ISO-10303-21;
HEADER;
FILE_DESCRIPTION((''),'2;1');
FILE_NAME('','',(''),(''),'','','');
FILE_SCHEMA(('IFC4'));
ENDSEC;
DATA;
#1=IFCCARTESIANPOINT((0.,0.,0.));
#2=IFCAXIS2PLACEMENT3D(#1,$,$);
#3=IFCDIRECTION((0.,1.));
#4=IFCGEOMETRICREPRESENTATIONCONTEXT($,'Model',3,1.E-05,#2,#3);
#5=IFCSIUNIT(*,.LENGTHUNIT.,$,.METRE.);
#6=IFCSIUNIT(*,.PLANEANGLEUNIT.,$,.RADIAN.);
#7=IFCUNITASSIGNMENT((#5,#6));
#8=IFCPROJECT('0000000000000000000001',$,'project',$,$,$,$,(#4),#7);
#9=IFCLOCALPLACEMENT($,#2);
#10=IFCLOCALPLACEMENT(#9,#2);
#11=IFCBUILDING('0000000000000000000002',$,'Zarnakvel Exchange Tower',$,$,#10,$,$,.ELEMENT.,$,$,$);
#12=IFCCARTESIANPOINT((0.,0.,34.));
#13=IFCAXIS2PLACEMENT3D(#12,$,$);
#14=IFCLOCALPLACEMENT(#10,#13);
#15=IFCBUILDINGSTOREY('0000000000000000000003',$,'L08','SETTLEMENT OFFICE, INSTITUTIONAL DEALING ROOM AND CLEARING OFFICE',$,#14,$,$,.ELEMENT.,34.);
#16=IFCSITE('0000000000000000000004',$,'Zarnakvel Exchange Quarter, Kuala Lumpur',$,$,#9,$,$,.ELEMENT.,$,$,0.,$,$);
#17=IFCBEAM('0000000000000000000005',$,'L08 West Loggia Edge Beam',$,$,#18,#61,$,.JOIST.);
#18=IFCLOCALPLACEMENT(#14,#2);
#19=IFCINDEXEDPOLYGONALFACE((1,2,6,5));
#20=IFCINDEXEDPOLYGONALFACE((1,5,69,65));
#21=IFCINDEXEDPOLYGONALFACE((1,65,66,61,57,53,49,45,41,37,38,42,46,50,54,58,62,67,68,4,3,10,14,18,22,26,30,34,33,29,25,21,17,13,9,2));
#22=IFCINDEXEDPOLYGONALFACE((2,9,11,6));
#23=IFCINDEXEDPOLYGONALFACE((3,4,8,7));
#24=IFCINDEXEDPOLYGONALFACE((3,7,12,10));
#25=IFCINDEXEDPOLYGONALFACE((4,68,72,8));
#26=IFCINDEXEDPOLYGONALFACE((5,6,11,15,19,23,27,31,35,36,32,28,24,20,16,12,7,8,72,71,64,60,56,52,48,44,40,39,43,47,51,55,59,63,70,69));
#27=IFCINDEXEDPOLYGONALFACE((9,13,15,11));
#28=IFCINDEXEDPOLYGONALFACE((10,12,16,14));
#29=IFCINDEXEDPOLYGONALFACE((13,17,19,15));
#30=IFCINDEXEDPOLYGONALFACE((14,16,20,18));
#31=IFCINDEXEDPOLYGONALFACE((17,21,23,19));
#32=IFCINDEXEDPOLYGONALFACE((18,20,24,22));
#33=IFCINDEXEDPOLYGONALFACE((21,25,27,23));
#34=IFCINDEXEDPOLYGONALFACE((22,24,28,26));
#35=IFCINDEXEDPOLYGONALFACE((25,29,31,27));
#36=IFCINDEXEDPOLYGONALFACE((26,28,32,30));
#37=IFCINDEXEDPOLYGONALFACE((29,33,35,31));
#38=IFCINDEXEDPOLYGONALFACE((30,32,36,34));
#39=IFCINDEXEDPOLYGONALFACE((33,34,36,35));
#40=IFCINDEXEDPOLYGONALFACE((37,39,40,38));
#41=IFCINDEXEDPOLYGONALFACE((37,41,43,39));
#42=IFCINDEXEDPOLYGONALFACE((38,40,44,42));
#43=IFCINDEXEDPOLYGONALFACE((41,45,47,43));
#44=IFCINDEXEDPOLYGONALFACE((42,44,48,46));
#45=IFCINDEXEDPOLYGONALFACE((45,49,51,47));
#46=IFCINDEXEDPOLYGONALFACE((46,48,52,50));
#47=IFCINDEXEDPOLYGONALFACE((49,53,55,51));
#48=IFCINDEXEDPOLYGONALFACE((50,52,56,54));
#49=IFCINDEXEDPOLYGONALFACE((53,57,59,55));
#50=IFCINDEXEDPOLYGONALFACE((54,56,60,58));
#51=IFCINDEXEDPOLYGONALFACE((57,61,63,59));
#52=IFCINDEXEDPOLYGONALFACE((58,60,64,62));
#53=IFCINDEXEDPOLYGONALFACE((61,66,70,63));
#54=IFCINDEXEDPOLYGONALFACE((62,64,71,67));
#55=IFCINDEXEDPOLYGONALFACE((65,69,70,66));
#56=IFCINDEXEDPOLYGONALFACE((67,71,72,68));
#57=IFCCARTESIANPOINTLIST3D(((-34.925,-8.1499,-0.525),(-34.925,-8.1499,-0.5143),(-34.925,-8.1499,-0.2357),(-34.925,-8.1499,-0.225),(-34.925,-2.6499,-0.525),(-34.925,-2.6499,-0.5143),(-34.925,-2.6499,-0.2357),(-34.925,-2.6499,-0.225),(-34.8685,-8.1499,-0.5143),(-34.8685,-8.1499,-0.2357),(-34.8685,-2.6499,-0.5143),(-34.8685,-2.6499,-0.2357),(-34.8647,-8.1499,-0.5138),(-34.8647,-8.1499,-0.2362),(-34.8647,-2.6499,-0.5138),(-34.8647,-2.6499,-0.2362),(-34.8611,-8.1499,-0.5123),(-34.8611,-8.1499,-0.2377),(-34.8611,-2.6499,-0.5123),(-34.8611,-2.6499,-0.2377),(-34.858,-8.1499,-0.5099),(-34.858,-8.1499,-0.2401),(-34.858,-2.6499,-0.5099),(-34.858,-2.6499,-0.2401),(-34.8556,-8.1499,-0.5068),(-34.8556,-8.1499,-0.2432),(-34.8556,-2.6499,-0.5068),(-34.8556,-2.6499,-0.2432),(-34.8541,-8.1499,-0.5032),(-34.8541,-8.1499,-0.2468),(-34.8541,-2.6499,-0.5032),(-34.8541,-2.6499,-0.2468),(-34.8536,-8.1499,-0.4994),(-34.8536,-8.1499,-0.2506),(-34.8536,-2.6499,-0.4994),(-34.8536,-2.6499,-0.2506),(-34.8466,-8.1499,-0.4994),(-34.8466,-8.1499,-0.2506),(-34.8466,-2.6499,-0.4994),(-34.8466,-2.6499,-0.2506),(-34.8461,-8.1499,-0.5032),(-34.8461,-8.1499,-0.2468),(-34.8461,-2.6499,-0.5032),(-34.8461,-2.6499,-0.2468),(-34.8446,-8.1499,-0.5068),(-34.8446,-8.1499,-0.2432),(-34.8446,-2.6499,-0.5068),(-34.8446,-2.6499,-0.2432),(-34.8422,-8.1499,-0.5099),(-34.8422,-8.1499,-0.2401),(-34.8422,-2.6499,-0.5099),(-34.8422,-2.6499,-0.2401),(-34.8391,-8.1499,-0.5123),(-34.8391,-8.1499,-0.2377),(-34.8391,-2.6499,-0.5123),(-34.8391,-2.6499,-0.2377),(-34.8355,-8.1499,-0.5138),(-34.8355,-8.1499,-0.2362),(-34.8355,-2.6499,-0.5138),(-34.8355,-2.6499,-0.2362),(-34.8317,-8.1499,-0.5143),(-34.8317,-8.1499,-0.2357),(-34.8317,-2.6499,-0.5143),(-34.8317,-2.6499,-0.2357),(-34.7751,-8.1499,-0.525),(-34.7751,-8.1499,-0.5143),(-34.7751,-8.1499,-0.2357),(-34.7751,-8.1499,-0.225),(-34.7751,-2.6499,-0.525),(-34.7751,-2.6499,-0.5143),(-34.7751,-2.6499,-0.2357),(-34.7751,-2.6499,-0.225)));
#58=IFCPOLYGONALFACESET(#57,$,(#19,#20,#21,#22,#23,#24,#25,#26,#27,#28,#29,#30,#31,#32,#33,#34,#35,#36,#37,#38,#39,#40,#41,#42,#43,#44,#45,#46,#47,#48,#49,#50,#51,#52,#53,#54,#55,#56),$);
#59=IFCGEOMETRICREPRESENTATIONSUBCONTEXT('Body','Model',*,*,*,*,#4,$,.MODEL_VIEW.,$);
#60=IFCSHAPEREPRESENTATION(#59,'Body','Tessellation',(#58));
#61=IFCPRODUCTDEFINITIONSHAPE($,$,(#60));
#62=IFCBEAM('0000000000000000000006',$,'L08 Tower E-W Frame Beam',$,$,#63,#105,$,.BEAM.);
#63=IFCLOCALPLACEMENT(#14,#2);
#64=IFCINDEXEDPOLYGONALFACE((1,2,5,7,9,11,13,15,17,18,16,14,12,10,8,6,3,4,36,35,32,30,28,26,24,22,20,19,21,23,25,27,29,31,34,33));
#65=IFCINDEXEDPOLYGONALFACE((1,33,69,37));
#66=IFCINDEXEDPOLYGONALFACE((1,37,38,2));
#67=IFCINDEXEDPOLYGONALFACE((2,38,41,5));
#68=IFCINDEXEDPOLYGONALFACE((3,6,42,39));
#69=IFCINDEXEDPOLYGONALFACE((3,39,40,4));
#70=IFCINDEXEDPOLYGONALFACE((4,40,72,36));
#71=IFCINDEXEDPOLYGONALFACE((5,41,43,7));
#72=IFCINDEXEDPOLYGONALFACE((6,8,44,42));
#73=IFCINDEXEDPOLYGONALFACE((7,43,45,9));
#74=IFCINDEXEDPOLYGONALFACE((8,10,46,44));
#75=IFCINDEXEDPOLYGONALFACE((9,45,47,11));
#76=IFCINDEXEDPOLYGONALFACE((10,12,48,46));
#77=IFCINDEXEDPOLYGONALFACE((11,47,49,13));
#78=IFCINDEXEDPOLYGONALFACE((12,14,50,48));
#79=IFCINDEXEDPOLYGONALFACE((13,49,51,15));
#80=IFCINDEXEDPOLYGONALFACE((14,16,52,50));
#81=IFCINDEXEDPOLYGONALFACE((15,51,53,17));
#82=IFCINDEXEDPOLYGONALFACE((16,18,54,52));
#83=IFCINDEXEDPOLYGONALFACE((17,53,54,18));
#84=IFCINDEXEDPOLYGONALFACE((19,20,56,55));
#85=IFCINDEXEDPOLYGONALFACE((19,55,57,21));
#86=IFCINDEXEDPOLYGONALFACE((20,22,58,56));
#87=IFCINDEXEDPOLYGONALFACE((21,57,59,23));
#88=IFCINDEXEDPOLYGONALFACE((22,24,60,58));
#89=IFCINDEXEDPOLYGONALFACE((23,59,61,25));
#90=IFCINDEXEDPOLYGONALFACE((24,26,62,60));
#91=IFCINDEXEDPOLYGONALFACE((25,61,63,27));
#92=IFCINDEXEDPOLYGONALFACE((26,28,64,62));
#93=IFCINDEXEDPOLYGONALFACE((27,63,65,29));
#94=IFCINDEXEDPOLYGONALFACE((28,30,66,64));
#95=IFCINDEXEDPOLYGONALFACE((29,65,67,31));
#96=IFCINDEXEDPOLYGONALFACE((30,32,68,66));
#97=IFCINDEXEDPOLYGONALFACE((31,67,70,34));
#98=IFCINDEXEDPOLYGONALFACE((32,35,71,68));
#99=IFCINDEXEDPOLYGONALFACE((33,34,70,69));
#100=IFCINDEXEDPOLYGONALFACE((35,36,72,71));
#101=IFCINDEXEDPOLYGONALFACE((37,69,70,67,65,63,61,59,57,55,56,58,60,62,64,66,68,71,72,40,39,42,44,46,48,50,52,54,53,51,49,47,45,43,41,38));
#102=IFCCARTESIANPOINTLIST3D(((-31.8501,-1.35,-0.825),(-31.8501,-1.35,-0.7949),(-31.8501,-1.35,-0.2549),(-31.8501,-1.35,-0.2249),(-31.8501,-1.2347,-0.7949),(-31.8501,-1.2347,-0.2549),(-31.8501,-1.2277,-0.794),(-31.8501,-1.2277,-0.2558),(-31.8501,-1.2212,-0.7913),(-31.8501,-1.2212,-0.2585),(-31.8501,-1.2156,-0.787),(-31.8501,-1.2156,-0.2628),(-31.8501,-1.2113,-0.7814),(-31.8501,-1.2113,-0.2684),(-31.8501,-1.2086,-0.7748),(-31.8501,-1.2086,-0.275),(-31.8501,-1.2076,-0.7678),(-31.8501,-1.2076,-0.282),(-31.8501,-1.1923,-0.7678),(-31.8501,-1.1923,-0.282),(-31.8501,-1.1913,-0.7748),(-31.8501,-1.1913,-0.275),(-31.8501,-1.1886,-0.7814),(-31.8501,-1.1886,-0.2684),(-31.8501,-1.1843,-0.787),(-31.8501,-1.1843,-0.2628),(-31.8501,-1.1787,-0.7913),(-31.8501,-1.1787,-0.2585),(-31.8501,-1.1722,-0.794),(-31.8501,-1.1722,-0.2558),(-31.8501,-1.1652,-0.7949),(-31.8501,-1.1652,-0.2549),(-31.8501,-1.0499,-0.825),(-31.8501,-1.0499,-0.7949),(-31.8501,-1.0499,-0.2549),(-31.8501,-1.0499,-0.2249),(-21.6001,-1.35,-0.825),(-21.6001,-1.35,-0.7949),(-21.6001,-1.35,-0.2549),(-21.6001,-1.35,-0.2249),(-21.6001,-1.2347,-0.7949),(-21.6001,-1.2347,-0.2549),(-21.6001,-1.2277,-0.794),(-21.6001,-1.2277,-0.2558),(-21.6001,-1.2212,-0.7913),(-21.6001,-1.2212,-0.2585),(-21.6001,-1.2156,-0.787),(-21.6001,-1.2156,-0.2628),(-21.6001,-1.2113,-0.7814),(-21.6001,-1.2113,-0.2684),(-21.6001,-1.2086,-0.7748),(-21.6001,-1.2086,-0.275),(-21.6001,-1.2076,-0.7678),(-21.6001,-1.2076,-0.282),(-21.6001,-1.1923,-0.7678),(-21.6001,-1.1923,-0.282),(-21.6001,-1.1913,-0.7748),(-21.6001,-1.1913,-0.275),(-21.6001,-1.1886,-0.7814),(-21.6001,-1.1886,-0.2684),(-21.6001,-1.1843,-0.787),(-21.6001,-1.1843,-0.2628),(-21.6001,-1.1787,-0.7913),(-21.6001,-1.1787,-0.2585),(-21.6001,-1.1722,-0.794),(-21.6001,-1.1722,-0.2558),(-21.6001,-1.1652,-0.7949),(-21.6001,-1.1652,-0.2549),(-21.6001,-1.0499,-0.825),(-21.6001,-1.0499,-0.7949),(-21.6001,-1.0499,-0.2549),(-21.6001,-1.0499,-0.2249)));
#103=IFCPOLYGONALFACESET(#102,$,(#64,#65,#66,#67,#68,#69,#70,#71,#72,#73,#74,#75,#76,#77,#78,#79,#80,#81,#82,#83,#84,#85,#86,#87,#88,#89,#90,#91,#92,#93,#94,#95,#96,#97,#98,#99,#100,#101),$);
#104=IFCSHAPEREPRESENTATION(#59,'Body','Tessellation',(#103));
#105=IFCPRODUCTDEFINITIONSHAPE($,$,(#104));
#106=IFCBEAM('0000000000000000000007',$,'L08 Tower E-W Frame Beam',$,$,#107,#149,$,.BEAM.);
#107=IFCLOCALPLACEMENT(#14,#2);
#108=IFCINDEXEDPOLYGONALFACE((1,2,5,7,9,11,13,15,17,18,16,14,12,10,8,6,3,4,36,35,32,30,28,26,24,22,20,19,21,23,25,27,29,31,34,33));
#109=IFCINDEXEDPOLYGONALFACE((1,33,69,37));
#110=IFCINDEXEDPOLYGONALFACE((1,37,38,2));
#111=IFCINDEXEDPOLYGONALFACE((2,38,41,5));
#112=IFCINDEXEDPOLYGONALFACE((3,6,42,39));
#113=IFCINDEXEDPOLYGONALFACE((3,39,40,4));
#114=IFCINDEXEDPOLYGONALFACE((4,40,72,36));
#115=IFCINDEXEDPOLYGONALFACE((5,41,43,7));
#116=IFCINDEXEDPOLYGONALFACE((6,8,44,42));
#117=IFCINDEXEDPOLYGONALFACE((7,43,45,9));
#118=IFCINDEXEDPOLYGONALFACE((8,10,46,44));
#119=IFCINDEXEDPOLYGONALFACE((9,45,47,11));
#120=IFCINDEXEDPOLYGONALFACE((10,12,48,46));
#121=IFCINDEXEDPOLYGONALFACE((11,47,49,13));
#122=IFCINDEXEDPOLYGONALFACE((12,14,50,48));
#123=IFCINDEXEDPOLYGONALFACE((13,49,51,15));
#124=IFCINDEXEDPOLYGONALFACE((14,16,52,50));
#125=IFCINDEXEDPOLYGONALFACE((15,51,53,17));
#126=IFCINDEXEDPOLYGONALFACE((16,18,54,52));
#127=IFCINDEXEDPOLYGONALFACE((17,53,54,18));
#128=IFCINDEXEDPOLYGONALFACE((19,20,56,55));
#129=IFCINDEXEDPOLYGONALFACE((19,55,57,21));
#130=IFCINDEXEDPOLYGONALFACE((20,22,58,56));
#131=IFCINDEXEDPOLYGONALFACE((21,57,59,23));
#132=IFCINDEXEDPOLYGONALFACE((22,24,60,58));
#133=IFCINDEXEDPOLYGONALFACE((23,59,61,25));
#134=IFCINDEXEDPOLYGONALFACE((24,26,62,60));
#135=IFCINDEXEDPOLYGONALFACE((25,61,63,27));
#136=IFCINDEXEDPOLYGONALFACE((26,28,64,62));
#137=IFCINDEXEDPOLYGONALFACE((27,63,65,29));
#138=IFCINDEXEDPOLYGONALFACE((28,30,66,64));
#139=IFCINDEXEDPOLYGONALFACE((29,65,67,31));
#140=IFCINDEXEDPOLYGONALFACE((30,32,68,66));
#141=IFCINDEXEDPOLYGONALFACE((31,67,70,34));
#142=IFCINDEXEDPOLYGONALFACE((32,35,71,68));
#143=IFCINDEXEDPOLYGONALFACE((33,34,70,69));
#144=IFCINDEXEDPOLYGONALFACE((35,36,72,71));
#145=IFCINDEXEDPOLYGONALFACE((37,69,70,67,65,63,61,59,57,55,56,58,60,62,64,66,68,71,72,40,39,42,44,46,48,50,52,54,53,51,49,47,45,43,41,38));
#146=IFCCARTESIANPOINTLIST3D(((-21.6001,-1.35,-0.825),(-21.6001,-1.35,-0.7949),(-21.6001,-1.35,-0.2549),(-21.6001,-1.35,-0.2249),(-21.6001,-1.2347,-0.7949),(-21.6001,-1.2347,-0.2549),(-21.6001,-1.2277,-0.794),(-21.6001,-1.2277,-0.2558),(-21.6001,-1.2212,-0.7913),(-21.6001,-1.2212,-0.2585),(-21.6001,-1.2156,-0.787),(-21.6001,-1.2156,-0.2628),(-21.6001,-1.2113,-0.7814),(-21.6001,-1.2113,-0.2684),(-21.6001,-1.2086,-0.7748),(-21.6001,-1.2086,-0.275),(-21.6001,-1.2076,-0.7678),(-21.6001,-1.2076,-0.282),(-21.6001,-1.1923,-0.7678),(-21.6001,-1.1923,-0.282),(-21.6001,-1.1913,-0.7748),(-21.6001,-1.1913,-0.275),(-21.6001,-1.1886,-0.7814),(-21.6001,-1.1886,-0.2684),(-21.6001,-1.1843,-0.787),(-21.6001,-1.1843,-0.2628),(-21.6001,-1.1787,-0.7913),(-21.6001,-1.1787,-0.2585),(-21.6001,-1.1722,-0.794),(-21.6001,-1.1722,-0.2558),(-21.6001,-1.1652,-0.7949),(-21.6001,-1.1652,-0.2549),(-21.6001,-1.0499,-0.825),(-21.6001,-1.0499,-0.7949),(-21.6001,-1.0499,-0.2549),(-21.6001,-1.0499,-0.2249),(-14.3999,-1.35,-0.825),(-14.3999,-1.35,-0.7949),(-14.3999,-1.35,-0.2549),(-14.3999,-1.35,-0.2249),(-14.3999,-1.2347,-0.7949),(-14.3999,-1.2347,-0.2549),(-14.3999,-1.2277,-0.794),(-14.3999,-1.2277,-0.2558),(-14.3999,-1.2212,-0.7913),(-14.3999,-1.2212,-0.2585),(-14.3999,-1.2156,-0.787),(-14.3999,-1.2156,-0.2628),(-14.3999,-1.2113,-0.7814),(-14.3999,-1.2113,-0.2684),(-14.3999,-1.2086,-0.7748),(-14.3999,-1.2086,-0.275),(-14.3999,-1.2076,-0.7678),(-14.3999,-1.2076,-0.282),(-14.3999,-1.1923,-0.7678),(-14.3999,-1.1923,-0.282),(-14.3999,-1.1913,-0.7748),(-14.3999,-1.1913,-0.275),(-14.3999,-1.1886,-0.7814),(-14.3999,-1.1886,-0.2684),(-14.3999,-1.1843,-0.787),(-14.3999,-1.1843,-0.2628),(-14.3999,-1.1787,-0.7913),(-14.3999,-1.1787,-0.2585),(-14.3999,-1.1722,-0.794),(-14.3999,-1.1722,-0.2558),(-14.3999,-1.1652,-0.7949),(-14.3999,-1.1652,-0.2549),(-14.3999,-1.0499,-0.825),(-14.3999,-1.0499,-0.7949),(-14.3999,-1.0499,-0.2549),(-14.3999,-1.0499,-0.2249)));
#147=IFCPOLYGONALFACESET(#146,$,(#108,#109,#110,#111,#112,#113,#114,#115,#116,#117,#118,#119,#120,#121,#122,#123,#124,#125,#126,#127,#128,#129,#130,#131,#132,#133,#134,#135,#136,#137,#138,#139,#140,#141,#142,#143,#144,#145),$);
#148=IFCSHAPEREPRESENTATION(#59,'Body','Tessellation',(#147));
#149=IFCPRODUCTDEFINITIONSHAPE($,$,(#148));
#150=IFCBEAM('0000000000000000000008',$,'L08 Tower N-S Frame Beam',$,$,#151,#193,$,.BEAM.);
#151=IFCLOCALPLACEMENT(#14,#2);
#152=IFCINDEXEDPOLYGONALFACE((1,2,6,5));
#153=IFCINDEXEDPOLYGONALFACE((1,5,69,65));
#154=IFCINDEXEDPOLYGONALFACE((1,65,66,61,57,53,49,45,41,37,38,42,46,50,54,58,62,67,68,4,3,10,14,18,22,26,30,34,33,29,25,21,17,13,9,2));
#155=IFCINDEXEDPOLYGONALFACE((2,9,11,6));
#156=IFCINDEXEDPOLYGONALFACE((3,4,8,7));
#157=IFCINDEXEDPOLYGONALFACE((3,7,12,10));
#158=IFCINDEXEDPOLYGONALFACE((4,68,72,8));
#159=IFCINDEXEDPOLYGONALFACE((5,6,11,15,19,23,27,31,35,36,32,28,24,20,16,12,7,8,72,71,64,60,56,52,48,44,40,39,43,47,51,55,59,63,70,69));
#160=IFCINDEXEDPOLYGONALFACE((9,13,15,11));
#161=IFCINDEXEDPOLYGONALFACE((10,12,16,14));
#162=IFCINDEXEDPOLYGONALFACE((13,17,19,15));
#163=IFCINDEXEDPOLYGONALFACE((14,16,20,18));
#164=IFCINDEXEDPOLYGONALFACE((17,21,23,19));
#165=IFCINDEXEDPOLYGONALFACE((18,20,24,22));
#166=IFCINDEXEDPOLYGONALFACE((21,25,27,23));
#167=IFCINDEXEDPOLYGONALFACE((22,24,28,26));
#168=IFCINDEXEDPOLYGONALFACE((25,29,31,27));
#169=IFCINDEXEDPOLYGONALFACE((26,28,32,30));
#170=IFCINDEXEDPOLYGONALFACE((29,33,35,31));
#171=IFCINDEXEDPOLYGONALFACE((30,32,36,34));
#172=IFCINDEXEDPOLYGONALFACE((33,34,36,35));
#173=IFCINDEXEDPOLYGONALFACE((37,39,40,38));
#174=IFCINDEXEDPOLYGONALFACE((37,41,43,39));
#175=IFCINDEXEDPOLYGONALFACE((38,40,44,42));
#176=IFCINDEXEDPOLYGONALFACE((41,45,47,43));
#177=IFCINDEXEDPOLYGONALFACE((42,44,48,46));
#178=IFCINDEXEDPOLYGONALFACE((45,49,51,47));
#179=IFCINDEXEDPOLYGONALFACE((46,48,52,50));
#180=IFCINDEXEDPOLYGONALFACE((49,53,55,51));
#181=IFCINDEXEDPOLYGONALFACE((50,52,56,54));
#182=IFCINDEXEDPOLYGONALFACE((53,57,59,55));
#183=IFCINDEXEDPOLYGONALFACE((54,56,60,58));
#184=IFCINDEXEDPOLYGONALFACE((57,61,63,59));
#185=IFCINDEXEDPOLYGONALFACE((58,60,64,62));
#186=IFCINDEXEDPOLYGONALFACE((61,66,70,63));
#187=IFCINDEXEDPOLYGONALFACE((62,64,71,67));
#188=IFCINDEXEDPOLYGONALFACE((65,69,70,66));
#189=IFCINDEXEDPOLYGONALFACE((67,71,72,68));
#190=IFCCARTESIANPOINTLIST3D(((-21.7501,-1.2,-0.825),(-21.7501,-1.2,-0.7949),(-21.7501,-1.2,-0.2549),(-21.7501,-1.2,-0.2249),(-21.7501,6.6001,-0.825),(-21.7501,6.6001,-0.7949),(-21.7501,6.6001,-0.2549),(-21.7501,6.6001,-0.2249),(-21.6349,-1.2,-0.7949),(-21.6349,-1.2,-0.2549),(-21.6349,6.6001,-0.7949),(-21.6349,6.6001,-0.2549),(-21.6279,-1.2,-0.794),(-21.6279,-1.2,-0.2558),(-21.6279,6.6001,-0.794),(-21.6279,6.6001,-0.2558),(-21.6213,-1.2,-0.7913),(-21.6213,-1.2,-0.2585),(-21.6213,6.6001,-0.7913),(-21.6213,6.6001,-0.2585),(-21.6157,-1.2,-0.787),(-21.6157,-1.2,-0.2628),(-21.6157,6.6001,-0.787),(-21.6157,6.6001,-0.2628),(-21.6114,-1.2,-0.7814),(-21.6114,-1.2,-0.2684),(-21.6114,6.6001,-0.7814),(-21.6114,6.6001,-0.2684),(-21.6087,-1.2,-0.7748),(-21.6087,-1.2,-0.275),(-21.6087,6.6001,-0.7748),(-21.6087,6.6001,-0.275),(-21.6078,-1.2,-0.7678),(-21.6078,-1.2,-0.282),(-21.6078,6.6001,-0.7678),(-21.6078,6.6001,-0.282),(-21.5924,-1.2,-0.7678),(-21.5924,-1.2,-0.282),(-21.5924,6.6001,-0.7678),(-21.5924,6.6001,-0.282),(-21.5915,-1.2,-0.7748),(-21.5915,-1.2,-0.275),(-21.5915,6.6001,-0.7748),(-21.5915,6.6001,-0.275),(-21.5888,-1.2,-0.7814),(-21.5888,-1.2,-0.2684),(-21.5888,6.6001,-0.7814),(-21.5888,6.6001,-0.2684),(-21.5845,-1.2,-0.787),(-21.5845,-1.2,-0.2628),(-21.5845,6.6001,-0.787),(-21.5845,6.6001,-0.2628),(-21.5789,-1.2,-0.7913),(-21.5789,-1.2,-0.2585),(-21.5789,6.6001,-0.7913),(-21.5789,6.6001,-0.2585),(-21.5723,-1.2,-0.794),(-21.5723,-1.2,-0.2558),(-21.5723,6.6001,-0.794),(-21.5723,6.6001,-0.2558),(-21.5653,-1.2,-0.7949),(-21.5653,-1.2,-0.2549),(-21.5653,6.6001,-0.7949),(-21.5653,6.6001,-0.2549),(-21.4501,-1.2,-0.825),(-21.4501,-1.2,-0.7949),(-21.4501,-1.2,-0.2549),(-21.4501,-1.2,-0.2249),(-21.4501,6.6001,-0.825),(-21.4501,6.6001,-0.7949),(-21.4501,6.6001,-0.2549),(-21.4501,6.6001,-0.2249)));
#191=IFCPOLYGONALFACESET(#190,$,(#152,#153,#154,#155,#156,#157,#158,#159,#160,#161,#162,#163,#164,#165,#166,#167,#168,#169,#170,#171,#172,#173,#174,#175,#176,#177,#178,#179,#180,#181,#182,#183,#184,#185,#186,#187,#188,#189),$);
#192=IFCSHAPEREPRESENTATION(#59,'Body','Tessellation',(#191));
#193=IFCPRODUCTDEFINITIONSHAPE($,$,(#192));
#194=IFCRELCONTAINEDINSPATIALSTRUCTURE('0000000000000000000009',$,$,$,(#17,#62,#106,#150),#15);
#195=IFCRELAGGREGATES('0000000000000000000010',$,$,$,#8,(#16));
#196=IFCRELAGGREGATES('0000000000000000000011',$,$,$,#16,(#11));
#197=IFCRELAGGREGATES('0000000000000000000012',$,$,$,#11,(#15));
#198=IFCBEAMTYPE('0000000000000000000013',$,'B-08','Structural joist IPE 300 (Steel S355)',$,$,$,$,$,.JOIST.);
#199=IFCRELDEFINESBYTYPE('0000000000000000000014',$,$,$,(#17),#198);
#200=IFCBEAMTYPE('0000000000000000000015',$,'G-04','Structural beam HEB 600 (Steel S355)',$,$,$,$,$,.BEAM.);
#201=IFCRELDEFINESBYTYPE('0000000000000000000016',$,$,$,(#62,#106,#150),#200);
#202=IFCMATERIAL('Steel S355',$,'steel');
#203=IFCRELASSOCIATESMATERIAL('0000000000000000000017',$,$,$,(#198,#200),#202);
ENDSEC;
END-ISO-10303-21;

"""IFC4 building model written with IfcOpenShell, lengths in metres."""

from ifc_helpers import new_model, si_unit, direction, frame, origin, origin_2d, place, context, subcontext, project, spatial, i_section, extrude, material, material_profile, profile_set, type_object, element, save


model = new_model("IFC4")

# Units and contexts
model_context = context("Model", 3, precision=1e-05, world=origin(), true_north=direction((0.0, 1.0)))
body_context = subcontext(model_context, "Body", "Model", "MODEL_VIEW")
ifc_project = project(units=[si_unit("LENGTHUNIT", "METRE"), si_unit("PLANEANGLEUNIT", "RADIAN")], contexts=[model_context])

# Site, building, storey
site_placement = place(None, origin())
site = spatial("IfcSite", under=ifc_project, at=site_placement, Name="Zarnakvel Exchange Quarter, Kuala Lumpur", CompositionType="ELEMENT", RefElevation=0.0)
building_placement = place(site_placement, origin())
building = spatial("IfcBuilding", under=site, at=building_placement, Name="Zarnakvel Exchange Tower", CompositionType="ELEMENT")
storey_placement = place(building_placement, frame((0.0, 0.0, 34.0)))
storey = spatial("IfcBuildingStorey", under=building, at=storey_placement, Name="L08", Description="SETTLEMENT OFFICE, INSTITUTIONAL DEALING ROOM AND CLEARING OFFICE", CompositionType="ELEMENT", Elevation=34.0)

# Shared definitions
ifc_material_1 = material(Name="Steel S355", Category="steel")

# Beams
ifc_material_profile_1 = material_profile(ifc_material_1, i_section(OverallWidth=0.1499, OverallDepth=0.3, WebThickness=0.0071, FlangeThickness=0.0107, FilletRadius=0.0149, at=origin_2d()))
ifc_profile_set_1 = profile_set([ifc_material_profile_1], Name="Steel S355")
beam_type_1 = type_object("IfcBeamType", Name="B-08", Description="Structural joist IPE 300 (Steel S355)", PredefinedType="JOIST", material=ifc_profile_set_1)
beam_1_placement = place(storey_placement, frame((-34.8501, -8.1499, -0.375), z_axis=(0.0, 1.0, 0.0), x_axis=(-1.0, 0.0, 0.0)))
element("IfcBeam", 1, at=beam_1_placement, inside=storey, type_object=beam_type_1, Name="L08 West Loggia Edge Beam", PredefinedType="JOIST", context=body_context, shape_type="SweptSolid", body=[
    extrude(i_section(OverallWidth=0.1499, OverallDepth=0.3, WebThickness=0.0071, FlangeThickness=0.0107, FilletRadius=0.0149, at=origin_2d()), origin(), (0.0, 0.0, 1.0), 5.5),
])
ifc_material_profile_2 = material_profile(ifc_material_1, i_section(OverallWidth=0.3, OverallDepth=0.6001, WebThickness=0.0154, FlangeThickness=0.03, FilletRadius=0.0271, at=origin_2d()))
ifc_profile_set_2 = profile_set([ifc_material_profile_2], Name="Steel S355")
beam_type_2 = type_object("IfcBeamType", Name="G-04", Description="Structural beam HEB 600 (Steel S355)", PredefinedType="BEAM", material=ifc_profile_set_2)
beam_2_placement = place(storey_placement, frame((-31.8501, -1.2, -0.5249), z_axis=(1.0, 0.0, 0.0), x_axis=(0.0, 1.0, 0.0)))
element("IfcBeam", 2, at=beam_2_placement, inside=storey, type_object=beam_type_2, Name="L08 Tower E-W Frame Beam", PredefinedType="BEAM", context=body_context, shape_type="SweptSolid", body=[
    extrude(i_section(OverallWidth=0.3, OverallDepth=0.6001, WebThickness=0.0154, FlangeThickness=0.03, FilletRadius=0.0271, at=origin_2d()), origin(), (0.0, 0.0, 1.0), 10.25),
])
beam_3_placement = place(storey_placement, frame((-21.6001, -1.2, -0.5249), z_axis=(1.0, 0.0, 0.0), x_axis=(0.0, 1.0, 0.0)))
element("IfcBeam", 3, at=beam_3_placement, inside=storey, type_object=beam_type_2, Name="L08 Tower E-W Frame Beam", PredefinedType="BEAM", context=body_context, shape_type="SweptSolid", body=[
    extrude(i_section(OverallWidth=0.3, OverallDepth=0.6001, WebThickness=0.0154, FlangeThickness=0.03, FilletRadius=0.0271, at=origin_2d()), origin(), (0.0, 0.0, 1.0), 7.2002),
])
beam_4_placement = place(storey_placement, frame((-21.6001, -1.2, -0.5249), z_axis=(0.0, 1.0, 0.0), x_axis=(-1.0, 0.0, 0.0)))
element("IfcBeam", 4, at=beam_4_placement, inside=storey, type_object=beam_type_2, Name="L08 Tower N-S Frame Beam", PredefinedType="BEAM", context=body_context, shape_type="SweptSolid", body=[
    extrude(i_section(OverallWidth=0.3, OverallDepth=0.6001, WebThickness=0.0154, FlangeThickness=0.03, FilletRadius=0.0271, at=origin_2d()), origin(), (0.0, 0.0, 1.0), 7.8),
])

save(model, "model.ifc")
